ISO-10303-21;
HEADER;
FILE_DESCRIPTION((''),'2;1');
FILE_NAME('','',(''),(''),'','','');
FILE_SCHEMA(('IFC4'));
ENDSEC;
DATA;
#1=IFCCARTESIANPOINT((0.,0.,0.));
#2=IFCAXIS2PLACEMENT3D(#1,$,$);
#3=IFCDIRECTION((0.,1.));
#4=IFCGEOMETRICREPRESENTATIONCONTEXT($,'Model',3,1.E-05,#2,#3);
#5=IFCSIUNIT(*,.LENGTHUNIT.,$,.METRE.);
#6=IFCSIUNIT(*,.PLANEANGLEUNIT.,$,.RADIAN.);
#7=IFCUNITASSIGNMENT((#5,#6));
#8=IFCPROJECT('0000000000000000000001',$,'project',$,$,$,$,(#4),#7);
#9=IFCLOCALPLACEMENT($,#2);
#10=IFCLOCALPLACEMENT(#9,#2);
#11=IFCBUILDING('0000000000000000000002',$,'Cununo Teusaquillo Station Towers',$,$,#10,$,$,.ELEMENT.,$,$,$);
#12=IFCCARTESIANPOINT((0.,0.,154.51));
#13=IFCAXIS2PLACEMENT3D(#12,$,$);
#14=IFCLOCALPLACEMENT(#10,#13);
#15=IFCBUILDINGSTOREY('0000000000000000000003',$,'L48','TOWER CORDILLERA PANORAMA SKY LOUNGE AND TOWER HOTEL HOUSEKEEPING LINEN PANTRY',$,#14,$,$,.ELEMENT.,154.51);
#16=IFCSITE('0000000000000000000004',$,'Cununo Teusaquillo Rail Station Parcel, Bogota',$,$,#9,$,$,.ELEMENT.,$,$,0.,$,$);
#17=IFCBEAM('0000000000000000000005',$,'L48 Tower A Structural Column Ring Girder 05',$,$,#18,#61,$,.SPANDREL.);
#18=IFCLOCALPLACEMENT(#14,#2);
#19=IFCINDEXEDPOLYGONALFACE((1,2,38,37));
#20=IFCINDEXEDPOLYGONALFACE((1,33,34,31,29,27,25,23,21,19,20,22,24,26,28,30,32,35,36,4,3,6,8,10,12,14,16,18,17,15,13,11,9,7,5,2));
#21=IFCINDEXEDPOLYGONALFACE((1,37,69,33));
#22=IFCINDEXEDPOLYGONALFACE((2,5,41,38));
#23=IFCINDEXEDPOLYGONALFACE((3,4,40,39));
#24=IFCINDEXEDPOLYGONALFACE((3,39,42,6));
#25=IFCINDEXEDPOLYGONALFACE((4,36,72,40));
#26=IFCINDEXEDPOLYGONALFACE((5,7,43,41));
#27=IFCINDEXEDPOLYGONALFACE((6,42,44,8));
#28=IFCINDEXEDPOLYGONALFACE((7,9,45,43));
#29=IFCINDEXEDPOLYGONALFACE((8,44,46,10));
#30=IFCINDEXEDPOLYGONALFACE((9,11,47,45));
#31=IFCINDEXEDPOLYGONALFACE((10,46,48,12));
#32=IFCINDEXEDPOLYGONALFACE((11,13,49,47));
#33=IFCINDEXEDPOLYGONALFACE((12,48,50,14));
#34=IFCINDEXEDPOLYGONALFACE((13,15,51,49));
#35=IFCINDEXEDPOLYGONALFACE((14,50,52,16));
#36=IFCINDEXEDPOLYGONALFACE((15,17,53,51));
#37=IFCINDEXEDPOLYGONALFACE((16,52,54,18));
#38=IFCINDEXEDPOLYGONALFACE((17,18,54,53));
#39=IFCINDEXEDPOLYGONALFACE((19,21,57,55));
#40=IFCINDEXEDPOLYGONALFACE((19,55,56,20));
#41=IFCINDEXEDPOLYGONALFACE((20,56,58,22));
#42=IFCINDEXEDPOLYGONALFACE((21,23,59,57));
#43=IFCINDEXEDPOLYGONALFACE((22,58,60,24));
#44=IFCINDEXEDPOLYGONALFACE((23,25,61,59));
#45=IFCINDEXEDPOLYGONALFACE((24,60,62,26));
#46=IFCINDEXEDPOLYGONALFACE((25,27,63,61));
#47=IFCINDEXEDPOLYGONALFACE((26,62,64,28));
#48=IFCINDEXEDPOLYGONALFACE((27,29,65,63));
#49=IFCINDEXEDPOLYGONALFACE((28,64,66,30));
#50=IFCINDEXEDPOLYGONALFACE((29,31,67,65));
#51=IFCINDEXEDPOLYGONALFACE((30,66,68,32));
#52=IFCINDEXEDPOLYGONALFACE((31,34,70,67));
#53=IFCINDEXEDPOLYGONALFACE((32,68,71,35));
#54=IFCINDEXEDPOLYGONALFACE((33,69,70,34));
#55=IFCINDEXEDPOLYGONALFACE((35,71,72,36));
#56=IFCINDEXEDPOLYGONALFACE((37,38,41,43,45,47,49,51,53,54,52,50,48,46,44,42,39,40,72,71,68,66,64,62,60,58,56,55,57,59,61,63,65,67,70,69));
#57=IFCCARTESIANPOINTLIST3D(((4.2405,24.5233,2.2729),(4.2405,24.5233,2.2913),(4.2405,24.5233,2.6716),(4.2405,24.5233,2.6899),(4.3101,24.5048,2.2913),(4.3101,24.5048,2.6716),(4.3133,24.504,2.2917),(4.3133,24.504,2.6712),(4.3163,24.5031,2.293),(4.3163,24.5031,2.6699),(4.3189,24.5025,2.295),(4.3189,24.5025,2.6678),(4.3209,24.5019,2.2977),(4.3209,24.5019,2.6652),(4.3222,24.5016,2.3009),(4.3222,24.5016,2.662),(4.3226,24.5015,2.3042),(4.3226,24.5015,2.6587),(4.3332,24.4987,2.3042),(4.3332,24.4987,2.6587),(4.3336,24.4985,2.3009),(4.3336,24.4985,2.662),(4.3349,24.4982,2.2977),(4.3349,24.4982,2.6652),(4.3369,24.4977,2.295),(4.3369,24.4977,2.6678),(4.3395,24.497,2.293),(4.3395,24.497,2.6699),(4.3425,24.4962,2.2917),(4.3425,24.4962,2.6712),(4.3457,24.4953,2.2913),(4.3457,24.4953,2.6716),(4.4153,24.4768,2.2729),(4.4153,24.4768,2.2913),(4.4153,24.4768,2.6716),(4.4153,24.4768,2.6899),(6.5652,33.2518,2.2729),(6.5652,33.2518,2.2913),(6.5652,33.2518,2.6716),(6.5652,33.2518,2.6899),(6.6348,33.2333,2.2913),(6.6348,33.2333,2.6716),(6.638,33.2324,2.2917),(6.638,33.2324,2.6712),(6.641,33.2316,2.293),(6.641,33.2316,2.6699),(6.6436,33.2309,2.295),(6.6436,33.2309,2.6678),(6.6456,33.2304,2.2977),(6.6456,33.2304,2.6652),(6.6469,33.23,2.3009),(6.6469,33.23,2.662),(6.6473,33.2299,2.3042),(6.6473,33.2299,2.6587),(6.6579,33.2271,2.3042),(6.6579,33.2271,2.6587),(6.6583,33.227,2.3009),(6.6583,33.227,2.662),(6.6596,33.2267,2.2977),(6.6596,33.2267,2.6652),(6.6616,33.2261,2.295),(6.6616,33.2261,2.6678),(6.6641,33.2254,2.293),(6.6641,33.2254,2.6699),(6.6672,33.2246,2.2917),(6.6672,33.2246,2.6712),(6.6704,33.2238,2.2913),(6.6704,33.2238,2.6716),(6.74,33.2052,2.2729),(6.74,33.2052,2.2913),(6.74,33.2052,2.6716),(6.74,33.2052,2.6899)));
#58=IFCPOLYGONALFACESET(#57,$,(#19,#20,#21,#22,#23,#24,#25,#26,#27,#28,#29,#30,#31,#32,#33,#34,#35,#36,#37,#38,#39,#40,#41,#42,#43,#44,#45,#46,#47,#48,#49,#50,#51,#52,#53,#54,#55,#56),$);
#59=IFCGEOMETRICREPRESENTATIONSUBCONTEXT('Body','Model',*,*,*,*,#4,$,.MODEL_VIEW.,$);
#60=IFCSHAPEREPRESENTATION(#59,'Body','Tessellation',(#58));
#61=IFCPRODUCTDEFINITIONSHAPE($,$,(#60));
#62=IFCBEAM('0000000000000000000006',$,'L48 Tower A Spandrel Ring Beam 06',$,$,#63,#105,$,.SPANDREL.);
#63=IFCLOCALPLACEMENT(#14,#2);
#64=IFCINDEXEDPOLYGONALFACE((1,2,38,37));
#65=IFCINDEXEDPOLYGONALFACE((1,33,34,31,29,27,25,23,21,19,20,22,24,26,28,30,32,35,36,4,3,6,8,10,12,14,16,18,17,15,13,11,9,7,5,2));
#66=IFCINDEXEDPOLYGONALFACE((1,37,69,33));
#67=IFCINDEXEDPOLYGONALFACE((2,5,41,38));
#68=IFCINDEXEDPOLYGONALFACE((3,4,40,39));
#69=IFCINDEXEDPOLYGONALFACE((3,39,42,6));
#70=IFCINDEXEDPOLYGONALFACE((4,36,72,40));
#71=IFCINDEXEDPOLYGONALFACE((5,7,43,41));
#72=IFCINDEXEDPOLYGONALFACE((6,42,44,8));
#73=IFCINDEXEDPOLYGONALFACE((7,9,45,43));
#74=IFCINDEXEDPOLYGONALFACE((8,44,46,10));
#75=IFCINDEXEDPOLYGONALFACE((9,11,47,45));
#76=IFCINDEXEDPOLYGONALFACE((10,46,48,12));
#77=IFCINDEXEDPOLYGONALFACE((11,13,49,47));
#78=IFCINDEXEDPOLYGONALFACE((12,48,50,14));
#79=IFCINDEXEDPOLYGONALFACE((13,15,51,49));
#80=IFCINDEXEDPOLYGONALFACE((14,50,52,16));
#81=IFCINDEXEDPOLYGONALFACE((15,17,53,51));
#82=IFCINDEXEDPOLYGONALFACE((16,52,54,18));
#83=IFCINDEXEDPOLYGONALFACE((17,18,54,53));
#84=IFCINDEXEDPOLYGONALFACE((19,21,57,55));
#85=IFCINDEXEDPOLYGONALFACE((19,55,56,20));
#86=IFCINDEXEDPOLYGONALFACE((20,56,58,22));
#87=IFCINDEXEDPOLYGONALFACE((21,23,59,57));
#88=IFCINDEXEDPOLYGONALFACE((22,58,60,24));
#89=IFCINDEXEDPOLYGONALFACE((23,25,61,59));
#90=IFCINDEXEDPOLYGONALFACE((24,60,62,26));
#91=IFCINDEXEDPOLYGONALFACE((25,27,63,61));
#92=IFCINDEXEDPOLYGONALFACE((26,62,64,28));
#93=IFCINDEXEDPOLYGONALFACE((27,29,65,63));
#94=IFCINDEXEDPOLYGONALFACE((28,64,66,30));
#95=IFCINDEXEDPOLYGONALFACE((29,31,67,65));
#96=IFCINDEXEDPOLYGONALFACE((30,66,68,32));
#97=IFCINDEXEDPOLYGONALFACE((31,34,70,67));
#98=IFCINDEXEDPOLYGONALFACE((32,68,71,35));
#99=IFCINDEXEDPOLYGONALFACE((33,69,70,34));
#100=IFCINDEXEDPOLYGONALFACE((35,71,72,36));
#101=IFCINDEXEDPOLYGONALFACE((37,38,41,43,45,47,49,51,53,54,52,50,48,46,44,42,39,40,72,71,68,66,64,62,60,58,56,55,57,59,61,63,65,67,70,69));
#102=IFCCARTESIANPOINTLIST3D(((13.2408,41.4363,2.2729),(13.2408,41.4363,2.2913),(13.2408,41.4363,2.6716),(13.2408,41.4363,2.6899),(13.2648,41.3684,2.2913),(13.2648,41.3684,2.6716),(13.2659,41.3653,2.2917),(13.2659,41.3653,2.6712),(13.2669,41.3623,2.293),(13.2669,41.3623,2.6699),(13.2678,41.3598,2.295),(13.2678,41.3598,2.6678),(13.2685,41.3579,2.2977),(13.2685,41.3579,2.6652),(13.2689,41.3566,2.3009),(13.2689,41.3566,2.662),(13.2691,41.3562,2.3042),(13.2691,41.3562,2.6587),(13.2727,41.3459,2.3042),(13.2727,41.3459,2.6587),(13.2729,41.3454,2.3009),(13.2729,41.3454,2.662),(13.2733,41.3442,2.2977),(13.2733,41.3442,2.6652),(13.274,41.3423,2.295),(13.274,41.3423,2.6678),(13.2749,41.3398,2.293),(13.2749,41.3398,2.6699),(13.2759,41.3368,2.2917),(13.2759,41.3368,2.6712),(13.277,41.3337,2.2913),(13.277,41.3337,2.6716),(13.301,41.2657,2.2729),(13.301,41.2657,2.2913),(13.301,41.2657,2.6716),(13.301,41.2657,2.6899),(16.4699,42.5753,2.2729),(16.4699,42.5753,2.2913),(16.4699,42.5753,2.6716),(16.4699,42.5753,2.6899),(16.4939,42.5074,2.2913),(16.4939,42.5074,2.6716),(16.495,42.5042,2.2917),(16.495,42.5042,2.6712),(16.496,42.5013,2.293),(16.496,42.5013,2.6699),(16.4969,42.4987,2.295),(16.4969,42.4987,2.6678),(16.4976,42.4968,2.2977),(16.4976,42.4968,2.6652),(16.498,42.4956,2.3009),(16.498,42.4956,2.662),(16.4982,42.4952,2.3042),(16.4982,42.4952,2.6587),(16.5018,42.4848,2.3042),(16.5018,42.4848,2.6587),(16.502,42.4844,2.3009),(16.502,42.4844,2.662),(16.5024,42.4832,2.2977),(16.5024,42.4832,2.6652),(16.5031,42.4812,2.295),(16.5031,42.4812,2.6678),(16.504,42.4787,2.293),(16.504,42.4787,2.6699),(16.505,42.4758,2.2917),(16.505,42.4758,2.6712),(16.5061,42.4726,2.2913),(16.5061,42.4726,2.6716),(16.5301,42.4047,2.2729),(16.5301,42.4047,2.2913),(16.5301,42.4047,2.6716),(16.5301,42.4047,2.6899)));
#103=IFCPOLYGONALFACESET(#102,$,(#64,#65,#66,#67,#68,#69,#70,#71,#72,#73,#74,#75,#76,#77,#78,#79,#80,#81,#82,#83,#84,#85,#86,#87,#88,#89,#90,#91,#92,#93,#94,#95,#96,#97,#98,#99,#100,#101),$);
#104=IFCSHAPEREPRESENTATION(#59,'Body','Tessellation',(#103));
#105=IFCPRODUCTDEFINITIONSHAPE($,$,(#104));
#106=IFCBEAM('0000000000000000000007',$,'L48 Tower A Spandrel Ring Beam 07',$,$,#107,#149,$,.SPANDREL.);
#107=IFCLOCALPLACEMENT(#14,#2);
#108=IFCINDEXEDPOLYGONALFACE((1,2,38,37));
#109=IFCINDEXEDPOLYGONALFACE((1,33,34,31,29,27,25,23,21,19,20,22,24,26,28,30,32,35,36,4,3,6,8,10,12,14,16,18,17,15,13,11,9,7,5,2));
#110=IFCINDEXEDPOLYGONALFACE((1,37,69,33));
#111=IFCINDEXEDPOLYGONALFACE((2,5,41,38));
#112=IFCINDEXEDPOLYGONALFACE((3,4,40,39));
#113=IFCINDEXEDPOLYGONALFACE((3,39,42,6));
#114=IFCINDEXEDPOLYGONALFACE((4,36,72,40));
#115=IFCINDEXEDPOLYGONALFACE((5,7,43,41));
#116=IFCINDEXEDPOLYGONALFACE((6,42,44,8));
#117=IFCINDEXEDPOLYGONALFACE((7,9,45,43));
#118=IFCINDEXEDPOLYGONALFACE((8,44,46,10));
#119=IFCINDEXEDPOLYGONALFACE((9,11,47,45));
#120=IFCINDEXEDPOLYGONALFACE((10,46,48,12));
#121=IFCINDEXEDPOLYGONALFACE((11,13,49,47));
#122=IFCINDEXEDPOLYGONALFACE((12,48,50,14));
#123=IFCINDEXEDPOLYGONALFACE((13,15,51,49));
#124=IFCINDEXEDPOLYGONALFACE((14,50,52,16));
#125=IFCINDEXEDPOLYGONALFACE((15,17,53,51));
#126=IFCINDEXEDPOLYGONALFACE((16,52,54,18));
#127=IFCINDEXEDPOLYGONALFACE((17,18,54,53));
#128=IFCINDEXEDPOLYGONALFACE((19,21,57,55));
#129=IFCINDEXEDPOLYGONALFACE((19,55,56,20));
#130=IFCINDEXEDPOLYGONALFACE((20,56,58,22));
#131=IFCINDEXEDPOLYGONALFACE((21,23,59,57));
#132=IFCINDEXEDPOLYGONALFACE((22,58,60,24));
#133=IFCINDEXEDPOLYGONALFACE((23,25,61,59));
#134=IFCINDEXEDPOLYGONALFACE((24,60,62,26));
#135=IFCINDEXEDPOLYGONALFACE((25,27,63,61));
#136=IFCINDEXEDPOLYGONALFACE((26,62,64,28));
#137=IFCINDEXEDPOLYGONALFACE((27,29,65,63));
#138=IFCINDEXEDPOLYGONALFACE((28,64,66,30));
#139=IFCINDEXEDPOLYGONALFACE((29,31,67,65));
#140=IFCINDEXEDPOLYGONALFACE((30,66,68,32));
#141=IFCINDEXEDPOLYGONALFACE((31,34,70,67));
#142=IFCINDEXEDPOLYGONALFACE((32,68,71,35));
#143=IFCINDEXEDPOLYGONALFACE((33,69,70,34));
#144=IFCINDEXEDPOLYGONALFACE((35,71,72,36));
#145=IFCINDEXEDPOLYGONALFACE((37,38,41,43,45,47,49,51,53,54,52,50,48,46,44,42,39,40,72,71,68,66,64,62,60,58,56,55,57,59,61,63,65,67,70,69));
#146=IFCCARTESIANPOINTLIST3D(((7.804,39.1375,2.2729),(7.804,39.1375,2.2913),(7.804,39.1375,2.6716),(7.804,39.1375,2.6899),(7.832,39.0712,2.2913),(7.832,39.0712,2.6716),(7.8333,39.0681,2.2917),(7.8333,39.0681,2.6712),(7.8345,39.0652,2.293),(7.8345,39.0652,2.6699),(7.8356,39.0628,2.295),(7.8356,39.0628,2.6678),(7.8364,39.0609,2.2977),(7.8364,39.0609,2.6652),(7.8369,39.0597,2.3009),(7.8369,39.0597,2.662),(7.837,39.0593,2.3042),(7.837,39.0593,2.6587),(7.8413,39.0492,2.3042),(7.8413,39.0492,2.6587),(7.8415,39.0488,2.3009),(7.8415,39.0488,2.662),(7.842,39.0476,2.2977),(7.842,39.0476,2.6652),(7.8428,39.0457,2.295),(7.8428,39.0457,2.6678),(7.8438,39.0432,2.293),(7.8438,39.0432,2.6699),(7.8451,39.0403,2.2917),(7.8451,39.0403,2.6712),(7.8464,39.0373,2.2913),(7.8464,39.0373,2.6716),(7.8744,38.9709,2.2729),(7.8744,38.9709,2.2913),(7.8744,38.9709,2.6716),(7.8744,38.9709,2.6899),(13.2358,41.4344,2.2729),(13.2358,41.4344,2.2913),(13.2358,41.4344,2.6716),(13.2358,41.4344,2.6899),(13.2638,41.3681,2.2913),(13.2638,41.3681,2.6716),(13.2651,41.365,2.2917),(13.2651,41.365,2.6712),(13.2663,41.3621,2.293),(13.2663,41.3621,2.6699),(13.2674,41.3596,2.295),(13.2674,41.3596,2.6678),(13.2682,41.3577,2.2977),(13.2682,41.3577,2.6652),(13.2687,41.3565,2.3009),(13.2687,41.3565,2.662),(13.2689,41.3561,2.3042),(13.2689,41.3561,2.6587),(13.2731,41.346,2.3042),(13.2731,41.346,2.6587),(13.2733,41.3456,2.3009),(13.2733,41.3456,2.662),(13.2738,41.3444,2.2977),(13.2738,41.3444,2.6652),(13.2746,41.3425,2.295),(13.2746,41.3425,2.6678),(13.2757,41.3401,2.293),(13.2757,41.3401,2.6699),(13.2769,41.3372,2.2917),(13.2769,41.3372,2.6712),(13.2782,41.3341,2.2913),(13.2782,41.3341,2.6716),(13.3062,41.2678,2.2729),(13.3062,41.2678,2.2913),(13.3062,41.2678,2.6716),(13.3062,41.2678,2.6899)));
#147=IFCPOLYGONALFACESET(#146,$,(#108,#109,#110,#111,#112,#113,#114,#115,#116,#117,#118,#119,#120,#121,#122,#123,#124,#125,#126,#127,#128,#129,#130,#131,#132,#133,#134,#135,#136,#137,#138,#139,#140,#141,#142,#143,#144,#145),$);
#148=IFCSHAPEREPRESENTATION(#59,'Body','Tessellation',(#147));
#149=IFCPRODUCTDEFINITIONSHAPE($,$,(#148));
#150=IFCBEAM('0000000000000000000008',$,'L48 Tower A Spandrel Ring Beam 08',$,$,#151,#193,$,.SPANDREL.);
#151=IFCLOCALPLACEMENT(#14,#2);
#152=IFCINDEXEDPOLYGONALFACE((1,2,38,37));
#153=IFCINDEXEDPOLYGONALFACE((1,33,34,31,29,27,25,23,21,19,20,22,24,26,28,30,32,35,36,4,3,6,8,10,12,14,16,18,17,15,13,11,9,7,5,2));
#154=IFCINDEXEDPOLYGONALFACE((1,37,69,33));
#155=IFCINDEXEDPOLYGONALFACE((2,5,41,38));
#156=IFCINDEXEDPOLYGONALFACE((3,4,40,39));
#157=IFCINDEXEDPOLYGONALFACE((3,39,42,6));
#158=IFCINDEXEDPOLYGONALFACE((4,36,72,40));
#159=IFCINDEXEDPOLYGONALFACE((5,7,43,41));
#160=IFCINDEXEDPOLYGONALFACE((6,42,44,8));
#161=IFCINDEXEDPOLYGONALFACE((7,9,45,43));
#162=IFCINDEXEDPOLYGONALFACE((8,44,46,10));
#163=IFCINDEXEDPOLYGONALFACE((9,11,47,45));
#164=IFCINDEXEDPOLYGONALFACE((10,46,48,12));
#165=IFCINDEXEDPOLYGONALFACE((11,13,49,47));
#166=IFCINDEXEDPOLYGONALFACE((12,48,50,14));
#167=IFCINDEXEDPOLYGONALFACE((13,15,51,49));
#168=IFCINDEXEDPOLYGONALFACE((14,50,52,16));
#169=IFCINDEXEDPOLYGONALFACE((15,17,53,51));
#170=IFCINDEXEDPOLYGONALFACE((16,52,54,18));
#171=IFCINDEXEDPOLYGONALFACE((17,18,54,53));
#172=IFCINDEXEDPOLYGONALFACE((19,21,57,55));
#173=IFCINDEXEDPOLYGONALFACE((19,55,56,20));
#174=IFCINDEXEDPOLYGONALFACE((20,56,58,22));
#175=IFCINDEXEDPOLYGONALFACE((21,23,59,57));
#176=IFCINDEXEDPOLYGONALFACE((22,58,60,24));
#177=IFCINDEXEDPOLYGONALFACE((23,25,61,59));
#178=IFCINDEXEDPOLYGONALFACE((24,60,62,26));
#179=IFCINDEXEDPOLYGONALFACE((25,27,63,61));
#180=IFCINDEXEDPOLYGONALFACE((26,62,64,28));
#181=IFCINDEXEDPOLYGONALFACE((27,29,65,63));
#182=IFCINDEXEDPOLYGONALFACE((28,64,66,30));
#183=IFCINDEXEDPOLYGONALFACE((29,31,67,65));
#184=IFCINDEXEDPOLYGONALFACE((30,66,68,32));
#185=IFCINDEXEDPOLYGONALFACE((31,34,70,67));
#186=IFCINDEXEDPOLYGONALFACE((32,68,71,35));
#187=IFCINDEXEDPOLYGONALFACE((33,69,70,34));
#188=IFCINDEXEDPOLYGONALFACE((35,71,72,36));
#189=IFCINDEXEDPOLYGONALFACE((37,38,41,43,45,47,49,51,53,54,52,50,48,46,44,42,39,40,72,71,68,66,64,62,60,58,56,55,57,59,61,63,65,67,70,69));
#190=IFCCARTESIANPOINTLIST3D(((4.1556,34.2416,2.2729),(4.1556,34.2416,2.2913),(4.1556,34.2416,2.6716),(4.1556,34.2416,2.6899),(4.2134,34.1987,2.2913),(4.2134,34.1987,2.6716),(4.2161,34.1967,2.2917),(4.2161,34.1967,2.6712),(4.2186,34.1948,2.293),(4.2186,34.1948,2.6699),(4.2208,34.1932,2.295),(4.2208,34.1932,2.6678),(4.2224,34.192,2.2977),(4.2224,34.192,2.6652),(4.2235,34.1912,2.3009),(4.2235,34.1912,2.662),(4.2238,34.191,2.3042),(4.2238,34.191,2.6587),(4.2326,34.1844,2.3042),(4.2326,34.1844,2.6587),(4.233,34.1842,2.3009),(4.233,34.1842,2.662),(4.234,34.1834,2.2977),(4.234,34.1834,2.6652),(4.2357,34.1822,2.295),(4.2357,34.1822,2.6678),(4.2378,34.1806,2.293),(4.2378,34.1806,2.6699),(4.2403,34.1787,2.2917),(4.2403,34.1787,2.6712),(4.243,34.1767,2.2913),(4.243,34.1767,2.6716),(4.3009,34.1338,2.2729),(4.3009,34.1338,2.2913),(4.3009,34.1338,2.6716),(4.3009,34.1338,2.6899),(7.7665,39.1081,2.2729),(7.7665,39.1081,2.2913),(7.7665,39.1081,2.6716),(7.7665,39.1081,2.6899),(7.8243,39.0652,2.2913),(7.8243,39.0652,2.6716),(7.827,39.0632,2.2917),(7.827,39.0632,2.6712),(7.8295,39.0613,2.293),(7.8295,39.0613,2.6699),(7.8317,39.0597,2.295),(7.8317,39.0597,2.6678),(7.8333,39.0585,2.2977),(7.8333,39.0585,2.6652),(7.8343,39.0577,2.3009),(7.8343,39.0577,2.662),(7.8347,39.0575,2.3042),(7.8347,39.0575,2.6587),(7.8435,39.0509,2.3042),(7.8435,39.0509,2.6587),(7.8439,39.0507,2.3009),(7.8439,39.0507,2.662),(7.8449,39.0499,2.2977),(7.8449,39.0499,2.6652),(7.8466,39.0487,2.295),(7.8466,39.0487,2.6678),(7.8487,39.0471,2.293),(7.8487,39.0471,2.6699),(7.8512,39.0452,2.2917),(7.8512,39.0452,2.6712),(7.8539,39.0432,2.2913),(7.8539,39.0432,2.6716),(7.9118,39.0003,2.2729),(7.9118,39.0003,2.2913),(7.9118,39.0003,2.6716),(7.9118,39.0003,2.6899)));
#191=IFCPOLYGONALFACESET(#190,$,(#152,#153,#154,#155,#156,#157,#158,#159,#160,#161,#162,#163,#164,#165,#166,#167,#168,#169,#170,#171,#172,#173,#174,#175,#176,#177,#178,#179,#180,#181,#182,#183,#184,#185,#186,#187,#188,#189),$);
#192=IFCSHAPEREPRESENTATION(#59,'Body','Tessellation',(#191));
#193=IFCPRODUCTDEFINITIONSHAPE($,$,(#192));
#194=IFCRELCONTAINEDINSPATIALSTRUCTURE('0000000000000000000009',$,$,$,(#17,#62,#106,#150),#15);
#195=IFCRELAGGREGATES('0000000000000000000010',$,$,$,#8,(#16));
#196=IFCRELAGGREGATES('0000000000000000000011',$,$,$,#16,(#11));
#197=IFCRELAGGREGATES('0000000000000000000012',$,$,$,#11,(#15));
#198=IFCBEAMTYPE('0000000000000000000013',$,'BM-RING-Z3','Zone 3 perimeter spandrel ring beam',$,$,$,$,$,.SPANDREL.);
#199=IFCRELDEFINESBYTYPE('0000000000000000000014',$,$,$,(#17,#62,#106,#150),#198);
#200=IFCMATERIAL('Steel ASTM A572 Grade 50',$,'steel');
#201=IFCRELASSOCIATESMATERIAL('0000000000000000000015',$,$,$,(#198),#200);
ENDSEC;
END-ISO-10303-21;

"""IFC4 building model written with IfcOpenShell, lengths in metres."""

from ifc_helpers import new_model, si_unit, direction, frame, origin, origin_2d, place, context, subcontext, project, spatial, i_section, extrude, material, material_profile, profile_set, type_object, element, save


model = new_model("IFC4")

# Units and contexts
model_context = context("Model", 3, precision=1e-05, world=origin(), true_north=direction((0.0, 1.0)))
body_context = subcontext(model_context, "Body", "Model", "MODEL_VIEW")
ifc_project = project(units=[si_unit("LENGTHUNIT", "METRE"), si_unit("PLANEANGLEUNIT", "RADIAN")], contexts=[model_context])

# Site, building, storey
site_placement = place(None, origin())
site = spatial("IfcSite", under=ifc_project, at=site_placement, Name="Cununo Teusaquillo Rail Station Parcel, Bogota", CompositionType="ELEMENT", RefElevation=0.0)
building_placement = place(site_placement, origin())
building = spatial("IfcBuilding", under=site, at=building_placement, Name="Cununo Teusaquillo Station Towers", CompositionType="ELEMENT")
storey_placement = place(building_placement, frame((0.0, 0.0, 154.51)))
storey = spatial("IfcBuildingStorey", under=building, at=storey_placement, Name="L48", Description="TOWER CORDILLERA PANORAMA SKY LOUNGE AND TOWER HOTEL HOUSEKEEPING LINEN PANTRY", CompositionType="ELEMENT", Elevation=154.51)

# Beams
ifc_material_1 = material(Name="Steel ASTM A572 Grade 50", Category="steel")
ifc_material_profile_1 = material_profile(ifc_material_1, i_section(OverallWidth=0.1809, OverallDepth=0.417, WebThickness=0.011, FlangeThickness=0.0183, FilletRadius=0.0129, at=origin_2d()), Name="W16X57")
ifc_profile_set_1 = profile_set([ifc_material_profile_1], Name="Steel ASTM A572 Grade 50")
beam_type_1 = type_object("IfcBeamType", Name="BM-RING-Z3", Description="Zone 3 perimeter spandrel ring beam", PredefinedType="SPANDREL", material=ifc_profile_set_1)
beam_1_placement = place(storey_placement, frame((6.6526, 33.2285, 2.4814), z_axis=(-0.257363, -0.966315, 0.0), x_axis=(0.966315, -0.257363, 0.0)))
element("IfcBeam", 1, at=beam_1_placement, inside=storey, type_object=beam_type_1, Name="L48 Tower A Structural Column Ring Girder 05", PredefinedType="SPANDREL", context=body_context, shape_type="SweptSolid", body=[
    extrude(i_section(OverallWidth=0.1809, OverallDepth=0.417, WebThickness=0.011, FlangeThickness=0.0183, FilletRadius=0.0129, at=origin_2d()), origin(), (0.0, 0.0, 1.0), 9.0327),
])
beam_2_placement = place(storey_placement, frame((16.5, 42.49, 2.4814), z_axis=(-0.943057, -0.33263, 0.0), x_axis=(0.33263, -0.943057, 0.0)))
element("IfcBeam", 2, at=beam_2_placement, inside=storey, type_object=beam_type_1, Name="L48 Tower A Spandrel Ring Beam 06", PredefinedType="SPANDREL", context=body_context, shape_type="SweptSolid", body=[
    extrude(i_section(OverallWidth=0.1809, OverallDepth=0.417, WebThickness=0.011, FlangeThickness=0.0183, FilletRadius=0.0129, at=origin_2d()), origin(), (0.0, 0.0, 1.0), 3.4241),
])
beam_3_placement = place(storey_placement, frame((13.271, 41.3511, 2.4814), z_axis=(-0.921042, -0.389463, 0.0), x_axis=(0.389463, -0.921042, 0.0)))
element("IfcBeam", 3, at=beam_3_placement, inside=storey, type_object=beam_type_1, Name="L48 Tower A Spandrel Ring Beam 07", PredefinedType="SPANDREL", context=body_context, shape_type="SweptSolid", body=[
    extrude(i_section(OverallWidth=0.1809, OverallDepth=0.417, WebThickness=0.011, FlangeThickness=0.0183, FilletRadius=0.0129, at=origin_2d()), origin(), (0.0, 0.0, 1.0), 5.8975),
])
beam_4_placement = place(storey_placement, frame((7.8391, 39.0542, 2.4814), z_axis=(-0.595873, -0.803079, 0.0), x_axis=(0.803079, -0.595873, 0.0)))
element("IfcBeam", 4, at=beam_4_placement, inside=storey, type_object=beam_type_1, Name="L48 Tower A Spandrel Ring Beam 08", PredefinedType="SPANDREL", context=body_context, shape_type="SweptSolid", body=[
    extrude(i_section(OverallWidth=0.1809, OverallDepth=0.417, WebThickness=0.011, FlangeThickness=0.0183, FilletRadius=0.0129, at=origin_2d()), origin(), (0.0, 0.0, 1.0), 6.0598),
])

save(model, "model.ifc")
